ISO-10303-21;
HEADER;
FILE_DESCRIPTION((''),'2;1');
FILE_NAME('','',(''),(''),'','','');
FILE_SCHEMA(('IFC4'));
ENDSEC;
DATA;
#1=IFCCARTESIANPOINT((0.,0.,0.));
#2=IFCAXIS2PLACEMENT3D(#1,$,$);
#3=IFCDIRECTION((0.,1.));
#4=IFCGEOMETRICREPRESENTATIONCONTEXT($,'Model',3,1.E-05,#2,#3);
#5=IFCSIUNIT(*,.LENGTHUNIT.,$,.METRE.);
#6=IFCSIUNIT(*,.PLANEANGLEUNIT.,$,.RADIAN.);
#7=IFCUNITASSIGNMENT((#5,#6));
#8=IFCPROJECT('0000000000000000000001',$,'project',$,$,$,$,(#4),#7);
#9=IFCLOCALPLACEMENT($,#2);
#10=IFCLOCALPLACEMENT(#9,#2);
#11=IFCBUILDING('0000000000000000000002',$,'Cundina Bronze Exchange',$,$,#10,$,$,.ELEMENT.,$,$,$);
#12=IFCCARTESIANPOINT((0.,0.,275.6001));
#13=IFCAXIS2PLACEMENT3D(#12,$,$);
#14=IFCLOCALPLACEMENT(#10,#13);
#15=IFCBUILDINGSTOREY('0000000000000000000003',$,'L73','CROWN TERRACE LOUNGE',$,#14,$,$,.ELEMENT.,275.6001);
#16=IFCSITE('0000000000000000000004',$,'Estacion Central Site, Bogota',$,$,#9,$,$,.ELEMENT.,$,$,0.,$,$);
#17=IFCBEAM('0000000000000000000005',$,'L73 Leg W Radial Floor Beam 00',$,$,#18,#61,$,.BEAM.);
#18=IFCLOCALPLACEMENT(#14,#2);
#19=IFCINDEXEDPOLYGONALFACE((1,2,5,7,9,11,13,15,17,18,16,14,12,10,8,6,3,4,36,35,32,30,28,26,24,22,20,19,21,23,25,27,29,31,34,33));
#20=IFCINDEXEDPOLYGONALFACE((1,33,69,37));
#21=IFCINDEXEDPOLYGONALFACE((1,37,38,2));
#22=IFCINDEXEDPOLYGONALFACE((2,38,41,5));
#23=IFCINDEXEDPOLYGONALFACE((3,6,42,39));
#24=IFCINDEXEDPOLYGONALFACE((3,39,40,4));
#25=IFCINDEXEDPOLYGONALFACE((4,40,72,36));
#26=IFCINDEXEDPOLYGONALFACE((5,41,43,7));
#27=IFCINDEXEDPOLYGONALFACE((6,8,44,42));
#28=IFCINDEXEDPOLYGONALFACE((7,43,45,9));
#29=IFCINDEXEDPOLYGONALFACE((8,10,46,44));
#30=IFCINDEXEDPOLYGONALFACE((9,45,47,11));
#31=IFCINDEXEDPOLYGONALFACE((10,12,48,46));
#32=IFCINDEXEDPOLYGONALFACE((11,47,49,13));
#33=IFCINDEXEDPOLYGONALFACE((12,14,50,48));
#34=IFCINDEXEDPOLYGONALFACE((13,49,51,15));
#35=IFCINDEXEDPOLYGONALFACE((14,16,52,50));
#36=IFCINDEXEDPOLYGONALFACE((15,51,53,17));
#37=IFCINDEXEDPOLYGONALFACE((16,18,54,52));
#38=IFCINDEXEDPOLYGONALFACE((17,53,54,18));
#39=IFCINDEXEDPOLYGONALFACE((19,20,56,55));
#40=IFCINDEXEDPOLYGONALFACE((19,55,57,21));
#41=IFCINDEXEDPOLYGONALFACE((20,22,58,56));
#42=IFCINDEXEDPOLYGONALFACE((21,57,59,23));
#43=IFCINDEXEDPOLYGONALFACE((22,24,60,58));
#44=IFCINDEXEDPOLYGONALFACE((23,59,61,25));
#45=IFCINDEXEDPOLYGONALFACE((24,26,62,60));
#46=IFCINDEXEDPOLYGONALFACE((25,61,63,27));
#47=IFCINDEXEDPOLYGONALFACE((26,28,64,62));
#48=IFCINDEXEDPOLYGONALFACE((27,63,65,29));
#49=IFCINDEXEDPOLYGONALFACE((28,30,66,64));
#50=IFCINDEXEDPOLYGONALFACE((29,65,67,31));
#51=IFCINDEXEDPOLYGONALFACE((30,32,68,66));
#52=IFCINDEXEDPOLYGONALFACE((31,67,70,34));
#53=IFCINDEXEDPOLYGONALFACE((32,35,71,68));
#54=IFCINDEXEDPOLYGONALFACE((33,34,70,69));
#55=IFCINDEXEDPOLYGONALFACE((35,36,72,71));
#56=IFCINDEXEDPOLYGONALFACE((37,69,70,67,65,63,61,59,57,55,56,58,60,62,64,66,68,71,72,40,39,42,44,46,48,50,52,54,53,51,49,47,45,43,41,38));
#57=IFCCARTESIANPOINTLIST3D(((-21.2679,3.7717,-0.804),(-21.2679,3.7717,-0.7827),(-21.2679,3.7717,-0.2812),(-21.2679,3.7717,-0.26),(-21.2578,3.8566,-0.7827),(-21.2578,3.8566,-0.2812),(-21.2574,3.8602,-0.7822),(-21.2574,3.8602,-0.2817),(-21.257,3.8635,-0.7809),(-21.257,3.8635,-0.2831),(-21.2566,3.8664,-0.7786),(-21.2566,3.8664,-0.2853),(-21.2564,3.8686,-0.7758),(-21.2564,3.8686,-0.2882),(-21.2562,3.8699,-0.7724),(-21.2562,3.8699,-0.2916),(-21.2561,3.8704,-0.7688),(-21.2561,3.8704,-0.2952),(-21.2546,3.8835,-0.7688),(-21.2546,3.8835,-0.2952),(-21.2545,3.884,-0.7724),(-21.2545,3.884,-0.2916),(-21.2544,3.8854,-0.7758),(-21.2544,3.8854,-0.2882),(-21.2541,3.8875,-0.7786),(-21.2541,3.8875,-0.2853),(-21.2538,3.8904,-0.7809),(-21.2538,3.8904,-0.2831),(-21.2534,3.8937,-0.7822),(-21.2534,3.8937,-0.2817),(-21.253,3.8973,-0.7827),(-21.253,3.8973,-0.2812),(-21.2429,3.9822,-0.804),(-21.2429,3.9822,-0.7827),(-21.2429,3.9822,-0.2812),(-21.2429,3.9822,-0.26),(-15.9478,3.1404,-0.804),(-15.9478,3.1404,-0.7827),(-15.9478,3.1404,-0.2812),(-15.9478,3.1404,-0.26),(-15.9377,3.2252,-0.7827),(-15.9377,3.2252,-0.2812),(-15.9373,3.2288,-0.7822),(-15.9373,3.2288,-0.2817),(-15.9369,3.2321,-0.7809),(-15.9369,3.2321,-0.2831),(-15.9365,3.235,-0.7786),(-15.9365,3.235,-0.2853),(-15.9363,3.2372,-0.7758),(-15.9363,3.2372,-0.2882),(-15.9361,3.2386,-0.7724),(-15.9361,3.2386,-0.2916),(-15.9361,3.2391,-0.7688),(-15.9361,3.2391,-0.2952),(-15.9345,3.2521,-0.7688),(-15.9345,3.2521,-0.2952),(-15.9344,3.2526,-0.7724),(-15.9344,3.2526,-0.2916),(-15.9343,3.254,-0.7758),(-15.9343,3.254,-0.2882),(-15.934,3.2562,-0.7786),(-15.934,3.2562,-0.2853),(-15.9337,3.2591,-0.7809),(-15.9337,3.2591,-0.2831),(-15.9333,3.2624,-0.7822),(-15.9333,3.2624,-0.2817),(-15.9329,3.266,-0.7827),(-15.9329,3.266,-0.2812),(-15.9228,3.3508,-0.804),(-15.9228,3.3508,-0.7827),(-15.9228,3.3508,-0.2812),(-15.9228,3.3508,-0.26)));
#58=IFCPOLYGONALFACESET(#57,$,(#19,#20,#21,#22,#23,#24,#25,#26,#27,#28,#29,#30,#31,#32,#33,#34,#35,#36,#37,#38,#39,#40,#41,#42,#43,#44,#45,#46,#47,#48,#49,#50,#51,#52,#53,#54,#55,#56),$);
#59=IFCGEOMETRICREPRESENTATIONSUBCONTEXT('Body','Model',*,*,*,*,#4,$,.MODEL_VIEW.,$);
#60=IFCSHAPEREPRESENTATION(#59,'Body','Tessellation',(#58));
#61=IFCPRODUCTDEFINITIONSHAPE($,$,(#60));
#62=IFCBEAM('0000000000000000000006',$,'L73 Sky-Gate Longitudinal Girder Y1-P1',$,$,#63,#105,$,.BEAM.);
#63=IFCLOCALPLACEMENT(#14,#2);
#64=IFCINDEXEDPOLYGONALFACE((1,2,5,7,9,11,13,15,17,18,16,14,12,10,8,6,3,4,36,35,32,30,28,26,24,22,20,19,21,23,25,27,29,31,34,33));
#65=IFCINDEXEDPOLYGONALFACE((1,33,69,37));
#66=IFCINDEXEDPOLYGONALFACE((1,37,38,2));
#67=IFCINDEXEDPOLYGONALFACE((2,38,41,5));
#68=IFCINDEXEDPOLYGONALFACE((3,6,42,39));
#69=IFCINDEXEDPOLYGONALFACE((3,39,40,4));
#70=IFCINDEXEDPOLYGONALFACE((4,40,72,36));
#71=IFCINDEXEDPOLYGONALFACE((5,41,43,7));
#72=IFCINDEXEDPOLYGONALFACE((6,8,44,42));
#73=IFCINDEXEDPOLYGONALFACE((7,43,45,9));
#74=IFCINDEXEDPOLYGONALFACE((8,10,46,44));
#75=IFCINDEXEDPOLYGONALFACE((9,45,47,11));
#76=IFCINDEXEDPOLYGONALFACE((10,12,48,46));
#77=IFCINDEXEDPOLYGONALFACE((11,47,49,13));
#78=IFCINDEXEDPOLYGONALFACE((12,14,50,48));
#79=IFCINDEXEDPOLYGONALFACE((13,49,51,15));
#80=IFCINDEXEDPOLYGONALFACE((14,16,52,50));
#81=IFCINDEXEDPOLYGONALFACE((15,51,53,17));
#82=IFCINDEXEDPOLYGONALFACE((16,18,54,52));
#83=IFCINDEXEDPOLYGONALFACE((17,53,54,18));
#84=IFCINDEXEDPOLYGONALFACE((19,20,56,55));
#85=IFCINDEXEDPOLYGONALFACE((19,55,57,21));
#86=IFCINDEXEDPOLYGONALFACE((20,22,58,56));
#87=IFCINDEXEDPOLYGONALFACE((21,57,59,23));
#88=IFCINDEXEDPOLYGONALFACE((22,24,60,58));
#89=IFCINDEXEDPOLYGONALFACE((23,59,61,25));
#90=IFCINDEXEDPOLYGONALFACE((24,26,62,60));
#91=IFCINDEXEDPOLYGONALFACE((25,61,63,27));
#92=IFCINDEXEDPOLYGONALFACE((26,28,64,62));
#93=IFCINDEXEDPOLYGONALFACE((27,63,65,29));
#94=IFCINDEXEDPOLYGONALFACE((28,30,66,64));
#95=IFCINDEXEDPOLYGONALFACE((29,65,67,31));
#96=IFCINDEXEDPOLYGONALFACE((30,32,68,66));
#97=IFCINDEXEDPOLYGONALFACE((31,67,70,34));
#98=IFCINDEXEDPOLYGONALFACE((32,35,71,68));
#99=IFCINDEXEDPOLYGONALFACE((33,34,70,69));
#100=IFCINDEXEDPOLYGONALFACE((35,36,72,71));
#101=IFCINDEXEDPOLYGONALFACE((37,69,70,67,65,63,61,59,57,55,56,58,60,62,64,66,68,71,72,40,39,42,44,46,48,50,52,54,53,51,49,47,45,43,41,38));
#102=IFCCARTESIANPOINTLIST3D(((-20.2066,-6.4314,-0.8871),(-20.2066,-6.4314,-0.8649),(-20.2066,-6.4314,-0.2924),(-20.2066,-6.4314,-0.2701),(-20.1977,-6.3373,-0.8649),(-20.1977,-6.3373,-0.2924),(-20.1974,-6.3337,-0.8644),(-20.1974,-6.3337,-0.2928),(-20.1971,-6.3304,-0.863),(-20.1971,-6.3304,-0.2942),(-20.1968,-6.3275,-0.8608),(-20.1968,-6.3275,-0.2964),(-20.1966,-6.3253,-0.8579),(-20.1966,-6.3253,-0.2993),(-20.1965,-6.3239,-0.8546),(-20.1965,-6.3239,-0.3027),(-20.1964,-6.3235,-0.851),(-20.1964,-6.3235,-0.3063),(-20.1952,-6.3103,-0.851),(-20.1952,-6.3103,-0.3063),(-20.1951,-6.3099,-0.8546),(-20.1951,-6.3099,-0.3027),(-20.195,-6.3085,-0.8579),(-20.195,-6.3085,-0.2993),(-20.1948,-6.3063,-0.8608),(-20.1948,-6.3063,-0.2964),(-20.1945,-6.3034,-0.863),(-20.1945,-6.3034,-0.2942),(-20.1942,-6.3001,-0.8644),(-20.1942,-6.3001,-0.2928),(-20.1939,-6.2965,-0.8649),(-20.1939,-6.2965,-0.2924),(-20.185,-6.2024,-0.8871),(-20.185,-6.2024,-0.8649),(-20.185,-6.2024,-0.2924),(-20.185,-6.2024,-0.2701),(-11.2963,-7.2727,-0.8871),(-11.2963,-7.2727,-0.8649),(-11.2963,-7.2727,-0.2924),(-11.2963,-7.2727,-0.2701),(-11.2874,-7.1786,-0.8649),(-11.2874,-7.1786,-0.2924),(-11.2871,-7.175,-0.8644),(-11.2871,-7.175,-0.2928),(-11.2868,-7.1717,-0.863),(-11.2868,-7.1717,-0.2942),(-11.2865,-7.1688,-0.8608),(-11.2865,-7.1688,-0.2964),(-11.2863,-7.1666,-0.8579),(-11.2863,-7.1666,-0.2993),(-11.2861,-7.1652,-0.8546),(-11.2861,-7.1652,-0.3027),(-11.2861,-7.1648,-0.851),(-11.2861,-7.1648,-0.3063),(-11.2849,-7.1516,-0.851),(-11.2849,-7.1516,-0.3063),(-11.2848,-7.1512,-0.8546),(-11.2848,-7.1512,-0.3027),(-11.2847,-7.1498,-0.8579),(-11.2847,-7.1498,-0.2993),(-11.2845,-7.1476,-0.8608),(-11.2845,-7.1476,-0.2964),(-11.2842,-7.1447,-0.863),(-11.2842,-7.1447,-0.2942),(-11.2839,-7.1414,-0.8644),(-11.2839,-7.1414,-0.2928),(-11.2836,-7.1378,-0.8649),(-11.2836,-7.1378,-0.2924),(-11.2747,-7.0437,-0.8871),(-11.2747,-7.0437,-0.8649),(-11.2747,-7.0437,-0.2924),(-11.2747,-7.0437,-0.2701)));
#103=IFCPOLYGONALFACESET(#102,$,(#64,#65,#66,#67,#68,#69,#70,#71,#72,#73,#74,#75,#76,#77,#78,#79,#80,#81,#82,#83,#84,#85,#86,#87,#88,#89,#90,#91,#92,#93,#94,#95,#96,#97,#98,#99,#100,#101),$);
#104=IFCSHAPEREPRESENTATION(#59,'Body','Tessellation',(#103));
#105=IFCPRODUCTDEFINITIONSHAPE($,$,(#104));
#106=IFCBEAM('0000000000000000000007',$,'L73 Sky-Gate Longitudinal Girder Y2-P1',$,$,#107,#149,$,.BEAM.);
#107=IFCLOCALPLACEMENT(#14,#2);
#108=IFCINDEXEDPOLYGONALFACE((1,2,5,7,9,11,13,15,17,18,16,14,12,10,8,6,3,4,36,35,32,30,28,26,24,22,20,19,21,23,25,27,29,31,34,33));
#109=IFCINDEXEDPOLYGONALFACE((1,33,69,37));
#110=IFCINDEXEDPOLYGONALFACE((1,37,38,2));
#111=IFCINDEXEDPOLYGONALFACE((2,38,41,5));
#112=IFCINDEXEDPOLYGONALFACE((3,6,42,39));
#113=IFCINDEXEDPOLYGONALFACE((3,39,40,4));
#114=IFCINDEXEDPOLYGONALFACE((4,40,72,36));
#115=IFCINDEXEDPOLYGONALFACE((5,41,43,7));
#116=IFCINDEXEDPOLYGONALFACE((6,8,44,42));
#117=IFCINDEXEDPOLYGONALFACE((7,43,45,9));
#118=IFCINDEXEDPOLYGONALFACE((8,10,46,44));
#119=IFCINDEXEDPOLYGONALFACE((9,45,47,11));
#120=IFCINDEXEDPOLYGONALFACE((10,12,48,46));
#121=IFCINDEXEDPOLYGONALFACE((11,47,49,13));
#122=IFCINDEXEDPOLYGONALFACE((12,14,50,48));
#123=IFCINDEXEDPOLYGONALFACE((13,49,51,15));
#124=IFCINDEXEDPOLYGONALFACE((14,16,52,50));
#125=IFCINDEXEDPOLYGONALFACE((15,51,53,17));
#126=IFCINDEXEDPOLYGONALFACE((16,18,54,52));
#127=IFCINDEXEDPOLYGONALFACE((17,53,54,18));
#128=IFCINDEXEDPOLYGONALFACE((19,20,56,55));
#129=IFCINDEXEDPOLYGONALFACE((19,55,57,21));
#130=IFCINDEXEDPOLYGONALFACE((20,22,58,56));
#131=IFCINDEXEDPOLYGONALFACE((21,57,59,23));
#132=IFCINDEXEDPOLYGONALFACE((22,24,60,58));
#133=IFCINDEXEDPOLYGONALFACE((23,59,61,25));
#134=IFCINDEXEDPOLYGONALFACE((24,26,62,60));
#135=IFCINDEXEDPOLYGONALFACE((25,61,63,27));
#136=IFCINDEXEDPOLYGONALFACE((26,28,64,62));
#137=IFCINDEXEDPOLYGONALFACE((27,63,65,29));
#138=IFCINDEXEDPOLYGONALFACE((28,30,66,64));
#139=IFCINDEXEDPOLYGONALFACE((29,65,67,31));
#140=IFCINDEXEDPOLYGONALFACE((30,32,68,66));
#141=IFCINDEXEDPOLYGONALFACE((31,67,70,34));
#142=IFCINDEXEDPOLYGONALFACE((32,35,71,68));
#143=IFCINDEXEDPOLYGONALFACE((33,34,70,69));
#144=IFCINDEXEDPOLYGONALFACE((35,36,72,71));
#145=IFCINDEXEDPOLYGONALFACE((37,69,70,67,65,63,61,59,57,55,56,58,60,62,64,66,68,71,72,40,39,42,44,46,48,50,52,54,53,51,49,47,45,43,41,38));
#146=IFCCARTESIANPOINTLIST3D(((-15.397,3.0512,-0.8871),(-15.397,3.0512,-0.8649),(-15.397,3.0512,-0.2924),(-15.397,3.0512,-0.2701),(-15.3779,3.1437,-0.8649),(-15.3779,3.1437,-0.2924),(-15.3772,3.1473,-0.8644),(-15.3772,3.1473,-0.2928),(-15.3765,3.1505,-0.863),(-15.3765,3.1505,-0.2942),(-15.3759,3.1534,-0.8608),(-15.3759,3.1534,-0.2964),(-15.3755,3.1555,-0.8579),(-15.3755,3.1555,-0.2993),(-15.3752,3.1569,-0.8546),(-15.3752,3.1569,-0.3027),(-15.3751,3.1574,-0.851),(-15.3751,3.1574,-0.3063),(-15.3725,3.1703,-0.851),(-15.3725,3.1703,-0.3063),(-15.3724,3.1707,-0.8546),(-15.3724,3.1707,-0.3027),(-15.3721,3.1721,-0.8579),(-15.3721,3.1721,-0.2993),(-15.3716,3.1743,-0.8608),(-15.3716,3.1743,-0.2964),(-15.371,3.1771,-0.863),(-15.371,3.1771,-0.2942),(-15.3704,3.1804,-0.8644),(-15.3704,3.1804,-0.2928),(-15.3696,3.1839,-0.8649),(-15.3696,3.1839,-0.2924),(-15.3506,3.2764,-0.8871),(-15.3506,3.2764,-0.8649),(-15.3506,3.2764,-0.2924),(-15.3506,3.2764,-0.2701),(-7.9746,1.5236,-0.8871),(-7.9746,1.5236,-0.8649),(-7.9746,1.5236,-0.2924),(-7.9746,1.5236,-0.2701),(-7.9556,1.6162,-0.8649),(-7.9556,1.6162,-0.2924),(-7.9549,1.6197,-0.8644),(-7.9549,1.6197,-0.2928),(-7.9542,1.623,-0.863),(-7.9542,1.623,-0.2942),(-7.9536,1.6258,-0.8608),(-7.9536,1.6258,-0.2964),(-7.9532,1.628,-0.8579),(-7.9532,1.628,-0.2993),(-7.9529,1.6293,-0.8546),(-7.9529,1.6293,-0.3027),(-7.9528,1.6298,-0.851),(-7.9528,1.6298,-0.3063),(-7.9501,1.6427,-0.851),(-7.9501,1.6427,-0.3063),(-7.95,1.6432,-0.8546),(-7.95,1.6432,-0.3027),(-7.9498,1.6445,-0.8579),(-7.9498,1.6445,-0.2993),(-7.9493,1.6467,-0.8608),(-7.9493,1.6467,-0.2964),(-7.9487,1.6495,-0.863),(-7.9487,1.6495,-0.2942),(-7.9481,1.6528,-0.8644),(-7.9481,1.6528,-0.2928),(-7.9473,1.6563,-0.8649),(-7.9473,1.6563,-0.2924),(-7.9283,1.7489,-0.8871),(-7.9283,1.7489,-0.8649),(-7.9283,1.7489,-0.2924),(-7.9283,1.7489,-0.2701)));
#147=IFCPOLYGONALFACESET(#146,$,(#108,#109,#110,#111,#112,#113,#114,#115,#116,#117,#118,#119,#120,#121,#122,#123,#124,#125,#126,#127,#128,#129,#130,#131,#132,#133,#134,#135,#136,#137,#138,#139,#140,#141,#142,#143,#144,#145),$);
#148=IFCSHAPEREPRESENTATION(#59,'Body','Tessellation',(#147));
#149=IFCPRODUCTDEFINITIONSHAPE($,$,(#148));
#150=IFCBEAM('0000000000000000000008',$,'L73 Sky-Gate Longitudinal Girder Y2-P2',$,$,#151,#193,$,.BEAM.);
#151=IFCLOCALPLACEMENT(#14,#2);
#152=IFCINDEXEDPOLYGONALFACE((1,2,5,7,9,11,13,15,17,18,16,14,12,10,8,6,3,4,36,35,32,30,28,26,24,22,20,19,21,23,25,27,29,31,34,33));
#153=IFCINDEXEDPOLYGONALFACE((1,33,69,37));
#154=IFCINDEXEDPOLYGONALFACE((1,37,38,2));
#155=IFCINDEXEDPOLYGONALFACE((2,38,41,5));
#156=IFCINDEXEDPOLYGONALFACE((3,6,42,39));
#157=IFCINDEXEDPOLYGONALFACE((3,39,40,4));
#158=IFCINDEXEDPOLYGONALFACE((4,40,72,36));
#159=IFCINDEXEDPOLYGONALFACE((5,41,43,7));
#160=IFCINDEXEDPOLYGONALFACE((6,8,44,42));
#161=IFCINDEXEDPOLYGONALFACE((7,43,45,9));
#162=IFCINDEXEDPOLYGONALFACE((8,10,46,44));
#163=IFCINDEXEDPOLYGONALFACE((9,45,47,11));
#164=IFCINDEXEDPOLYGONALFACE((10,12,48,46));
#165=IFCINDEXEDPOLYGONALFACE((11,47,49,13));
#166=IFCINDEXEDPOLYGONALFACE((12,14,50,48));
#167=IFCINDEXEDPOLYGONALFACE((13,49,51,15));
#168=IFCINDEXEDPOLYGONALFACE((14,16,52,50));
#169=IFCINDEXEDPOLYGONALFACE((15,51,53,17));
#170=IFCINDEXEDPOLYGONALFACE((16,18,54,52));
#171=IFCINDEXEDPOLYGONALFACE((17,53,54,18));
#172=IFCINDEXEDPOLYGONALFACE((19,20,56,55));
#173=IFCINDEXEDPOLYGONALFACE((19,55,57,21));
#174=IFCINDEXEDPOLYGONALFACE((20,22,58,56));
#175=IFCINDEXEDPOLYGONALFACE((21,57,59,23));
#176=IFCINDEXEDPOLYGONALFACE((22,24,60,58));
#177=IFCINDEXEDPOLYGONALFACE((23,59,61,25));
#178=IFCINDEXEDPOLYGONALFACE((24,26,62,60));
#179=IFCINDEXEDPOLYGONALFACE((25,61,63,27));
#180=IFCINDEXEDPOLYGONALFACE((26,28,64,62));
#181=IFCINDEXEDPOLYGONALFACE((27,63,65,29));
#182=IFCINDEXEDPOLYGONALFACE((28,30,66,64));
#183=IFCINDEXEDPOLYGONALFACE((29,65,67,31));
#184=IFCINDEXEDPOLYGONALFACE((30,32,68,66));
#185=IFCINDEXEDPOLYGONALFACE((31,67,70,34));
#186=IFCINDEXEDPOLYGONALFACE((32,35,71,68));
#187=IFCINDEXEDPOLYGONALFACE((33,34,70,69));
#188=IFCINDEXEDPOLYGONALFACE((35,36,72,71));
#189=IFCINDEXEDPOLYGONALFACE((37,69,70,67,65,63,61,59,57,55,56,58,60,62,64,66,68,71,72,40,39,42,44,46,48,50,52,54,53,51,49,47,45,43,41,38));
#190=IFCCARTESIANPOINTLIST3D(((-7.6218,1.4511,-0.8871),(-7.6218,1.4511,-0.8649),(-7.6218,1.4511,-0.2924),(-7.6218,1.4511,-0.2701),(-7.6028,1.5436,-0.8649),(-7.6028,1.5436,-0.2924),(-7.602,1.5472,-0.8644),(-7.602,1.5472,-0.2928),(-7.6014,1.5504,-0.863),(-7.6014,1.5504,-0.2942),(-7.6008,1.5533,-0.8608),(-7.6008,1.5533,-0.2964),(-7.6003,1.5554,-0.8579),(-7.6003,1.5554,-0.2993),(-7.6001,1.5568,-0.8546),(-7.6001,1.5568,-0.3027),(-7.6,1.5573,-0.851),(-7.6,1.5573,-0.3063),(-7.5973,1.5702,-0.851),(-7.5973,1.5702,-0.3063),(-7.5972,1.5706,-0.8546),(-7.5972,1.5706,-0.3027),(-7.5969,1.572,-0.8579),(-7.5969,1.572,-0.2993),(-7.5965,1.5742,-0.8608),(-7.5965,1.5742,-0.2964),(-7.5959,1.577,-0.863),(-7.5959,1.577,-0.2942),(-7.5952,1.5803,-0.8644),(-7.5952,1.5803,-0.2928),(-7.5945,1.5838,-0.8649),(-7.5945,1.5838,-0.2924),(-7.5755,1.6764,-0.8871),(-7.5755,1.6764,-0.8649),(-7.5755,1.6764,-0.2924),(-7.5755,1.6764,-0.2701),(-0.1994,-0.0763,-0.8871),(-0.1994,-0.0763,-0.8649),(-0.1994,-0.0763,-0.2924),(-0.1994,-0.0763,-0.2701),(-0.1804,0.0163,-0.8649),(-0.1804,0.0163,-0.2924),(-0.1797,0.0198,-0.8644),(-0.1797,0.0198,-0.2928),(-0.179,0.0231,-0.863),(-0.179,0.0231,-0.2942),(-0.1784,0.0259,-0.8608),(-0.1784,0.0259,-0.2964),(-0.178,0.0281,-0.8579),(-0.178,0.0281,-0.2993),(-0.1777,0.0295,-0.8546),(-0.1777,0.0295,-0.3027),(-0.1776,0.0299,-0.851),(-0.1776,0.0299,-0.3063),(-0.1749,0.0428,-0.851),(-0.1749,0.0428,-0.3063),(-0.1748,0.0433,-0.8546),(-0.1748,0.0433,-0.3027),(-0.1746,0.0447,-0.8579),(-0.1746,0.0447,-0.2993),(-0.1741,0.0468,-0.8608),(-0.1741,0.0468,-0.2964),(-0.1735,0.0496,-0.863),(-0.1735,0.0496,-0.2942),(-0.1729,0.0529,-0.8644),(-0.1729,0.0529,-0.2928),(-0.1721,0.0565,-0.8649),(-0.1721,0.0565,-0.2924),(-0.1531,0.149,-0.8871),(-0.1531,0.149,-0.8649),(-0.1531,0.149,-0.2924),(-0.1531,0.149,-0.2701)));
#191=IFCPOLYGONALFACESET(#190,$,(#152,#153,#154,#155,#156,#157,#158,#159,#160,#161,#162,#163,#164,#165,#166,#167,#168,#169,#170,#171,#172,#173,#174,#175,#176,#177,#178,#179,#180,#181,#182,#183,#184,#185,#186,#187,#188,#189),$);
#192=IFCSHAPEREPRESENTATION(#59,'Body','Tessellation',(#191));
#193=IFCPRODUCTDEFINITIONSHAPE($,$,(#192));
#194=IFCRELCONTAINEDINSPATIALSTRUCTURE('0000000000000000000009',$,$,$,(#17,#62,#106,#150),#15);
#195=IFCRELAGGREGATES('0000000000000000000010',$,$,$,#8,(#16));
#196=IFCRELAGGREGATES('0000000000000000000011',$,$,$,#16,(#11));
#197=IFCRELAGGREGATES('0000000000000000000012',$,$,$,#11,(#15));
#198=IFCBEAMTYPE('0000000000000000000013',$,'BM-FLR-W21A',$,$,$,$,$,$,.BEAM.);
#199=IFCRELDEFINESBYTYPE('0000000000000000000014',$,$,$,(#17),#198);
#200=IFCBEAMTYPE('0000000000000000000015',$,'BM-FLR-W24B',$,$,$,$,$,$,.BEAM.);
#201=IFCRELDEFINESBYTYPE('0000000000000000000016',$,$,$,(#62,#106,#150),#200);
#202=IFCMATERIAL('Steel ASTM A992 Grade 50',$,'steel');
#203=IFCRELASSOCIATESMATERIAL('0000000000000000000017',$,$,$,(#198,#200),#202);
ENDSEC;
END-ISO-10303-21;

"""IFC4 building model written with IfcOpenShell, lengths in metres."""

from ifc_helpers import new_model, si_unit, direction, frame, origin, origin_2d, place, context, subcontext, project, spatial, i_section, extrude, material, material_profile, profile_set, type_object, element, save


model = new_model("IFC4")

# Units and contexts
model_context = context("Model", 3, precision=1e-05, world=origin(), true_north=direction((0.0, 1.0)))
body_context = subcontext(model_context, "Body", "Model", "MODEL_VIEW")
ifc_project = project(units=[si_unit("LENGTHUNIT", "METRE"), si_unit("PLANEANGLEUNIT", "RADIAN")], contexts=[model_context])

# Site, building, storey
site_placement = place(None, origin())
site = spatial("IfcSite", under=ifc_project, at=site_placement, Name="Estacion Central Site, Bogota", CompositionType="ELEMENT", RefElevation=0.0)
building_placement = place(site_placement, origin())
building = spatial("IfcBuilding", under=site, at=building_placement, Name="Cundina Bronze Exchange", CompositionType="ELEMENT")
storey_placement = place(building_placement, frame((0.0, 0.0, 275.6001)))
storey = spatial("IfcBuildingStorey", under=building, at=storey_placement, Name="L73", Description="CROWN TERRACE LOUNGE", CompositionType="ELEMENT", Elevation=275.6001)

# Beams
ifc_material_1 = material(Name="Steel ASTM A992 Grade 50", Category="steel")
ifc_material_profile_1 = material_profile(ifc_material_1, i_section(OverallWidth=0.2119, OverallDepth=0.5439, WebThickness=0.0132, FlangeThickness=0.0212, FilletRadius=0.0139, at=origin_2d()), Name="W21X83", Category="steel")
ifc_profile_set_1 = profile_set([ifc_material_profile_1], Name="Steel ASTM A992 Grade 50")
beam_type_1 = type_object("IfcBeamType", Name="BM-FLR-W21A", PredefinedType="BEAM", material=ifc_profile_set_1)
beam_1_placement = place(storey_placement, frame((-21.2554, 3.877, -0.532), z_axis=(0.993032, -0.117846, 0.0), x_axis=(0.117846, 0.993032, 0.0)))
element("IfcBeam", 1, at=beam_1_placement, inside=storey, type_object=beam_type_1, Name="L73 Leg W Radial Floor Beam 00", PredefinedType="BEAM", context=body_context, shape_type="SweptSolid", body=[
    extrude(i_section(OverallWidth=0.2119, OverallDepth=0.5439, WebThickness=0.0132, FlangeThickness=0.0212, FilletRadius=0.0139, at=origin_2d()), origin(), (0.0, 0.0, 1.0), 5.3574),
])
ifc_material_profile_2 = material_profile(ifc_material_1, i_section(OverallWidth=0.23, OverallDepth=0.6169, WebThickness=0.0132, FlangeThickness=0.0222, FilletRadius=0.0139, at=origin_2d()), Name="W24X94", Category="steel")
ifc_profile_set_2 = profile_set([ifc_material_profile_2], Name="Steel ASTM A992 Grade 50")
beam_type_2 = type_object("IfcBeamType", Name="BM-FLR-W24B", PredefinedType="BEAM", material=ifc_profile_set_2)
beam_2_placement = place(storey_placement, frame((-20.1958, -6.3169, -0.5786), z_axis=(0.995572, -0.094001, 0.0), x_axis=(0.094001, 0.995572, 0.0)))
element("IfcBeam", 2, at=beam_2_placement, inside=storey, type_object=beam_type_2, Name="L73 Sky-Gate Longitudinal Girder Y1-P1", PredefinedType="BEAM", context=body_context, shape_type="SweptSolid", body=[
    extrude(i_section(OverallWidth=0.23, OverallDepth=0.6169, WebThickness=0.0132, FlangeThickness=0.0222, FilletRadius=0.0139, at=origin_2d()), origin(), (0.0, 0.0, 1.0), 8.95),
])
for number, where, z_axis, x_axis, name in (
    (3, (-15.3738, 3.1638, -0.5786), (0.979471, -0.201584, 0.0), (0.201584, 0.979471, 0.0), "L73 Sky-Gate Longitudinal Girder Y2-P1"),
    (4, (-7.5986, 1.5637, -0.5786), (0.979478, -0.201553, 0.0), (0.201553, 0.979478, 0.0), "L73 Sky-Gate Longitudinal Girder Y2-P2"),
):
    element("IfcBeam", number, at=place(storey_placement, frame(where, z_axis=z_axis, x_axis=x_axis)), inside=storey, type_object=beam_type_2, Name=name, PredefinedType="BEAM", context=body_context, shape_type="SweptSolid", body=[
        extrude(i_section(OverallWidth=0.23, OverallDepth=0.6169, WebThickness=0.0132, FlangeThickness=0.0222, FilletRadius=0.0139, at=origin_2d()), origin(), (0.0, 0.0, 1.0), 7.5779),
    ])

save(model, "model.ifc")
